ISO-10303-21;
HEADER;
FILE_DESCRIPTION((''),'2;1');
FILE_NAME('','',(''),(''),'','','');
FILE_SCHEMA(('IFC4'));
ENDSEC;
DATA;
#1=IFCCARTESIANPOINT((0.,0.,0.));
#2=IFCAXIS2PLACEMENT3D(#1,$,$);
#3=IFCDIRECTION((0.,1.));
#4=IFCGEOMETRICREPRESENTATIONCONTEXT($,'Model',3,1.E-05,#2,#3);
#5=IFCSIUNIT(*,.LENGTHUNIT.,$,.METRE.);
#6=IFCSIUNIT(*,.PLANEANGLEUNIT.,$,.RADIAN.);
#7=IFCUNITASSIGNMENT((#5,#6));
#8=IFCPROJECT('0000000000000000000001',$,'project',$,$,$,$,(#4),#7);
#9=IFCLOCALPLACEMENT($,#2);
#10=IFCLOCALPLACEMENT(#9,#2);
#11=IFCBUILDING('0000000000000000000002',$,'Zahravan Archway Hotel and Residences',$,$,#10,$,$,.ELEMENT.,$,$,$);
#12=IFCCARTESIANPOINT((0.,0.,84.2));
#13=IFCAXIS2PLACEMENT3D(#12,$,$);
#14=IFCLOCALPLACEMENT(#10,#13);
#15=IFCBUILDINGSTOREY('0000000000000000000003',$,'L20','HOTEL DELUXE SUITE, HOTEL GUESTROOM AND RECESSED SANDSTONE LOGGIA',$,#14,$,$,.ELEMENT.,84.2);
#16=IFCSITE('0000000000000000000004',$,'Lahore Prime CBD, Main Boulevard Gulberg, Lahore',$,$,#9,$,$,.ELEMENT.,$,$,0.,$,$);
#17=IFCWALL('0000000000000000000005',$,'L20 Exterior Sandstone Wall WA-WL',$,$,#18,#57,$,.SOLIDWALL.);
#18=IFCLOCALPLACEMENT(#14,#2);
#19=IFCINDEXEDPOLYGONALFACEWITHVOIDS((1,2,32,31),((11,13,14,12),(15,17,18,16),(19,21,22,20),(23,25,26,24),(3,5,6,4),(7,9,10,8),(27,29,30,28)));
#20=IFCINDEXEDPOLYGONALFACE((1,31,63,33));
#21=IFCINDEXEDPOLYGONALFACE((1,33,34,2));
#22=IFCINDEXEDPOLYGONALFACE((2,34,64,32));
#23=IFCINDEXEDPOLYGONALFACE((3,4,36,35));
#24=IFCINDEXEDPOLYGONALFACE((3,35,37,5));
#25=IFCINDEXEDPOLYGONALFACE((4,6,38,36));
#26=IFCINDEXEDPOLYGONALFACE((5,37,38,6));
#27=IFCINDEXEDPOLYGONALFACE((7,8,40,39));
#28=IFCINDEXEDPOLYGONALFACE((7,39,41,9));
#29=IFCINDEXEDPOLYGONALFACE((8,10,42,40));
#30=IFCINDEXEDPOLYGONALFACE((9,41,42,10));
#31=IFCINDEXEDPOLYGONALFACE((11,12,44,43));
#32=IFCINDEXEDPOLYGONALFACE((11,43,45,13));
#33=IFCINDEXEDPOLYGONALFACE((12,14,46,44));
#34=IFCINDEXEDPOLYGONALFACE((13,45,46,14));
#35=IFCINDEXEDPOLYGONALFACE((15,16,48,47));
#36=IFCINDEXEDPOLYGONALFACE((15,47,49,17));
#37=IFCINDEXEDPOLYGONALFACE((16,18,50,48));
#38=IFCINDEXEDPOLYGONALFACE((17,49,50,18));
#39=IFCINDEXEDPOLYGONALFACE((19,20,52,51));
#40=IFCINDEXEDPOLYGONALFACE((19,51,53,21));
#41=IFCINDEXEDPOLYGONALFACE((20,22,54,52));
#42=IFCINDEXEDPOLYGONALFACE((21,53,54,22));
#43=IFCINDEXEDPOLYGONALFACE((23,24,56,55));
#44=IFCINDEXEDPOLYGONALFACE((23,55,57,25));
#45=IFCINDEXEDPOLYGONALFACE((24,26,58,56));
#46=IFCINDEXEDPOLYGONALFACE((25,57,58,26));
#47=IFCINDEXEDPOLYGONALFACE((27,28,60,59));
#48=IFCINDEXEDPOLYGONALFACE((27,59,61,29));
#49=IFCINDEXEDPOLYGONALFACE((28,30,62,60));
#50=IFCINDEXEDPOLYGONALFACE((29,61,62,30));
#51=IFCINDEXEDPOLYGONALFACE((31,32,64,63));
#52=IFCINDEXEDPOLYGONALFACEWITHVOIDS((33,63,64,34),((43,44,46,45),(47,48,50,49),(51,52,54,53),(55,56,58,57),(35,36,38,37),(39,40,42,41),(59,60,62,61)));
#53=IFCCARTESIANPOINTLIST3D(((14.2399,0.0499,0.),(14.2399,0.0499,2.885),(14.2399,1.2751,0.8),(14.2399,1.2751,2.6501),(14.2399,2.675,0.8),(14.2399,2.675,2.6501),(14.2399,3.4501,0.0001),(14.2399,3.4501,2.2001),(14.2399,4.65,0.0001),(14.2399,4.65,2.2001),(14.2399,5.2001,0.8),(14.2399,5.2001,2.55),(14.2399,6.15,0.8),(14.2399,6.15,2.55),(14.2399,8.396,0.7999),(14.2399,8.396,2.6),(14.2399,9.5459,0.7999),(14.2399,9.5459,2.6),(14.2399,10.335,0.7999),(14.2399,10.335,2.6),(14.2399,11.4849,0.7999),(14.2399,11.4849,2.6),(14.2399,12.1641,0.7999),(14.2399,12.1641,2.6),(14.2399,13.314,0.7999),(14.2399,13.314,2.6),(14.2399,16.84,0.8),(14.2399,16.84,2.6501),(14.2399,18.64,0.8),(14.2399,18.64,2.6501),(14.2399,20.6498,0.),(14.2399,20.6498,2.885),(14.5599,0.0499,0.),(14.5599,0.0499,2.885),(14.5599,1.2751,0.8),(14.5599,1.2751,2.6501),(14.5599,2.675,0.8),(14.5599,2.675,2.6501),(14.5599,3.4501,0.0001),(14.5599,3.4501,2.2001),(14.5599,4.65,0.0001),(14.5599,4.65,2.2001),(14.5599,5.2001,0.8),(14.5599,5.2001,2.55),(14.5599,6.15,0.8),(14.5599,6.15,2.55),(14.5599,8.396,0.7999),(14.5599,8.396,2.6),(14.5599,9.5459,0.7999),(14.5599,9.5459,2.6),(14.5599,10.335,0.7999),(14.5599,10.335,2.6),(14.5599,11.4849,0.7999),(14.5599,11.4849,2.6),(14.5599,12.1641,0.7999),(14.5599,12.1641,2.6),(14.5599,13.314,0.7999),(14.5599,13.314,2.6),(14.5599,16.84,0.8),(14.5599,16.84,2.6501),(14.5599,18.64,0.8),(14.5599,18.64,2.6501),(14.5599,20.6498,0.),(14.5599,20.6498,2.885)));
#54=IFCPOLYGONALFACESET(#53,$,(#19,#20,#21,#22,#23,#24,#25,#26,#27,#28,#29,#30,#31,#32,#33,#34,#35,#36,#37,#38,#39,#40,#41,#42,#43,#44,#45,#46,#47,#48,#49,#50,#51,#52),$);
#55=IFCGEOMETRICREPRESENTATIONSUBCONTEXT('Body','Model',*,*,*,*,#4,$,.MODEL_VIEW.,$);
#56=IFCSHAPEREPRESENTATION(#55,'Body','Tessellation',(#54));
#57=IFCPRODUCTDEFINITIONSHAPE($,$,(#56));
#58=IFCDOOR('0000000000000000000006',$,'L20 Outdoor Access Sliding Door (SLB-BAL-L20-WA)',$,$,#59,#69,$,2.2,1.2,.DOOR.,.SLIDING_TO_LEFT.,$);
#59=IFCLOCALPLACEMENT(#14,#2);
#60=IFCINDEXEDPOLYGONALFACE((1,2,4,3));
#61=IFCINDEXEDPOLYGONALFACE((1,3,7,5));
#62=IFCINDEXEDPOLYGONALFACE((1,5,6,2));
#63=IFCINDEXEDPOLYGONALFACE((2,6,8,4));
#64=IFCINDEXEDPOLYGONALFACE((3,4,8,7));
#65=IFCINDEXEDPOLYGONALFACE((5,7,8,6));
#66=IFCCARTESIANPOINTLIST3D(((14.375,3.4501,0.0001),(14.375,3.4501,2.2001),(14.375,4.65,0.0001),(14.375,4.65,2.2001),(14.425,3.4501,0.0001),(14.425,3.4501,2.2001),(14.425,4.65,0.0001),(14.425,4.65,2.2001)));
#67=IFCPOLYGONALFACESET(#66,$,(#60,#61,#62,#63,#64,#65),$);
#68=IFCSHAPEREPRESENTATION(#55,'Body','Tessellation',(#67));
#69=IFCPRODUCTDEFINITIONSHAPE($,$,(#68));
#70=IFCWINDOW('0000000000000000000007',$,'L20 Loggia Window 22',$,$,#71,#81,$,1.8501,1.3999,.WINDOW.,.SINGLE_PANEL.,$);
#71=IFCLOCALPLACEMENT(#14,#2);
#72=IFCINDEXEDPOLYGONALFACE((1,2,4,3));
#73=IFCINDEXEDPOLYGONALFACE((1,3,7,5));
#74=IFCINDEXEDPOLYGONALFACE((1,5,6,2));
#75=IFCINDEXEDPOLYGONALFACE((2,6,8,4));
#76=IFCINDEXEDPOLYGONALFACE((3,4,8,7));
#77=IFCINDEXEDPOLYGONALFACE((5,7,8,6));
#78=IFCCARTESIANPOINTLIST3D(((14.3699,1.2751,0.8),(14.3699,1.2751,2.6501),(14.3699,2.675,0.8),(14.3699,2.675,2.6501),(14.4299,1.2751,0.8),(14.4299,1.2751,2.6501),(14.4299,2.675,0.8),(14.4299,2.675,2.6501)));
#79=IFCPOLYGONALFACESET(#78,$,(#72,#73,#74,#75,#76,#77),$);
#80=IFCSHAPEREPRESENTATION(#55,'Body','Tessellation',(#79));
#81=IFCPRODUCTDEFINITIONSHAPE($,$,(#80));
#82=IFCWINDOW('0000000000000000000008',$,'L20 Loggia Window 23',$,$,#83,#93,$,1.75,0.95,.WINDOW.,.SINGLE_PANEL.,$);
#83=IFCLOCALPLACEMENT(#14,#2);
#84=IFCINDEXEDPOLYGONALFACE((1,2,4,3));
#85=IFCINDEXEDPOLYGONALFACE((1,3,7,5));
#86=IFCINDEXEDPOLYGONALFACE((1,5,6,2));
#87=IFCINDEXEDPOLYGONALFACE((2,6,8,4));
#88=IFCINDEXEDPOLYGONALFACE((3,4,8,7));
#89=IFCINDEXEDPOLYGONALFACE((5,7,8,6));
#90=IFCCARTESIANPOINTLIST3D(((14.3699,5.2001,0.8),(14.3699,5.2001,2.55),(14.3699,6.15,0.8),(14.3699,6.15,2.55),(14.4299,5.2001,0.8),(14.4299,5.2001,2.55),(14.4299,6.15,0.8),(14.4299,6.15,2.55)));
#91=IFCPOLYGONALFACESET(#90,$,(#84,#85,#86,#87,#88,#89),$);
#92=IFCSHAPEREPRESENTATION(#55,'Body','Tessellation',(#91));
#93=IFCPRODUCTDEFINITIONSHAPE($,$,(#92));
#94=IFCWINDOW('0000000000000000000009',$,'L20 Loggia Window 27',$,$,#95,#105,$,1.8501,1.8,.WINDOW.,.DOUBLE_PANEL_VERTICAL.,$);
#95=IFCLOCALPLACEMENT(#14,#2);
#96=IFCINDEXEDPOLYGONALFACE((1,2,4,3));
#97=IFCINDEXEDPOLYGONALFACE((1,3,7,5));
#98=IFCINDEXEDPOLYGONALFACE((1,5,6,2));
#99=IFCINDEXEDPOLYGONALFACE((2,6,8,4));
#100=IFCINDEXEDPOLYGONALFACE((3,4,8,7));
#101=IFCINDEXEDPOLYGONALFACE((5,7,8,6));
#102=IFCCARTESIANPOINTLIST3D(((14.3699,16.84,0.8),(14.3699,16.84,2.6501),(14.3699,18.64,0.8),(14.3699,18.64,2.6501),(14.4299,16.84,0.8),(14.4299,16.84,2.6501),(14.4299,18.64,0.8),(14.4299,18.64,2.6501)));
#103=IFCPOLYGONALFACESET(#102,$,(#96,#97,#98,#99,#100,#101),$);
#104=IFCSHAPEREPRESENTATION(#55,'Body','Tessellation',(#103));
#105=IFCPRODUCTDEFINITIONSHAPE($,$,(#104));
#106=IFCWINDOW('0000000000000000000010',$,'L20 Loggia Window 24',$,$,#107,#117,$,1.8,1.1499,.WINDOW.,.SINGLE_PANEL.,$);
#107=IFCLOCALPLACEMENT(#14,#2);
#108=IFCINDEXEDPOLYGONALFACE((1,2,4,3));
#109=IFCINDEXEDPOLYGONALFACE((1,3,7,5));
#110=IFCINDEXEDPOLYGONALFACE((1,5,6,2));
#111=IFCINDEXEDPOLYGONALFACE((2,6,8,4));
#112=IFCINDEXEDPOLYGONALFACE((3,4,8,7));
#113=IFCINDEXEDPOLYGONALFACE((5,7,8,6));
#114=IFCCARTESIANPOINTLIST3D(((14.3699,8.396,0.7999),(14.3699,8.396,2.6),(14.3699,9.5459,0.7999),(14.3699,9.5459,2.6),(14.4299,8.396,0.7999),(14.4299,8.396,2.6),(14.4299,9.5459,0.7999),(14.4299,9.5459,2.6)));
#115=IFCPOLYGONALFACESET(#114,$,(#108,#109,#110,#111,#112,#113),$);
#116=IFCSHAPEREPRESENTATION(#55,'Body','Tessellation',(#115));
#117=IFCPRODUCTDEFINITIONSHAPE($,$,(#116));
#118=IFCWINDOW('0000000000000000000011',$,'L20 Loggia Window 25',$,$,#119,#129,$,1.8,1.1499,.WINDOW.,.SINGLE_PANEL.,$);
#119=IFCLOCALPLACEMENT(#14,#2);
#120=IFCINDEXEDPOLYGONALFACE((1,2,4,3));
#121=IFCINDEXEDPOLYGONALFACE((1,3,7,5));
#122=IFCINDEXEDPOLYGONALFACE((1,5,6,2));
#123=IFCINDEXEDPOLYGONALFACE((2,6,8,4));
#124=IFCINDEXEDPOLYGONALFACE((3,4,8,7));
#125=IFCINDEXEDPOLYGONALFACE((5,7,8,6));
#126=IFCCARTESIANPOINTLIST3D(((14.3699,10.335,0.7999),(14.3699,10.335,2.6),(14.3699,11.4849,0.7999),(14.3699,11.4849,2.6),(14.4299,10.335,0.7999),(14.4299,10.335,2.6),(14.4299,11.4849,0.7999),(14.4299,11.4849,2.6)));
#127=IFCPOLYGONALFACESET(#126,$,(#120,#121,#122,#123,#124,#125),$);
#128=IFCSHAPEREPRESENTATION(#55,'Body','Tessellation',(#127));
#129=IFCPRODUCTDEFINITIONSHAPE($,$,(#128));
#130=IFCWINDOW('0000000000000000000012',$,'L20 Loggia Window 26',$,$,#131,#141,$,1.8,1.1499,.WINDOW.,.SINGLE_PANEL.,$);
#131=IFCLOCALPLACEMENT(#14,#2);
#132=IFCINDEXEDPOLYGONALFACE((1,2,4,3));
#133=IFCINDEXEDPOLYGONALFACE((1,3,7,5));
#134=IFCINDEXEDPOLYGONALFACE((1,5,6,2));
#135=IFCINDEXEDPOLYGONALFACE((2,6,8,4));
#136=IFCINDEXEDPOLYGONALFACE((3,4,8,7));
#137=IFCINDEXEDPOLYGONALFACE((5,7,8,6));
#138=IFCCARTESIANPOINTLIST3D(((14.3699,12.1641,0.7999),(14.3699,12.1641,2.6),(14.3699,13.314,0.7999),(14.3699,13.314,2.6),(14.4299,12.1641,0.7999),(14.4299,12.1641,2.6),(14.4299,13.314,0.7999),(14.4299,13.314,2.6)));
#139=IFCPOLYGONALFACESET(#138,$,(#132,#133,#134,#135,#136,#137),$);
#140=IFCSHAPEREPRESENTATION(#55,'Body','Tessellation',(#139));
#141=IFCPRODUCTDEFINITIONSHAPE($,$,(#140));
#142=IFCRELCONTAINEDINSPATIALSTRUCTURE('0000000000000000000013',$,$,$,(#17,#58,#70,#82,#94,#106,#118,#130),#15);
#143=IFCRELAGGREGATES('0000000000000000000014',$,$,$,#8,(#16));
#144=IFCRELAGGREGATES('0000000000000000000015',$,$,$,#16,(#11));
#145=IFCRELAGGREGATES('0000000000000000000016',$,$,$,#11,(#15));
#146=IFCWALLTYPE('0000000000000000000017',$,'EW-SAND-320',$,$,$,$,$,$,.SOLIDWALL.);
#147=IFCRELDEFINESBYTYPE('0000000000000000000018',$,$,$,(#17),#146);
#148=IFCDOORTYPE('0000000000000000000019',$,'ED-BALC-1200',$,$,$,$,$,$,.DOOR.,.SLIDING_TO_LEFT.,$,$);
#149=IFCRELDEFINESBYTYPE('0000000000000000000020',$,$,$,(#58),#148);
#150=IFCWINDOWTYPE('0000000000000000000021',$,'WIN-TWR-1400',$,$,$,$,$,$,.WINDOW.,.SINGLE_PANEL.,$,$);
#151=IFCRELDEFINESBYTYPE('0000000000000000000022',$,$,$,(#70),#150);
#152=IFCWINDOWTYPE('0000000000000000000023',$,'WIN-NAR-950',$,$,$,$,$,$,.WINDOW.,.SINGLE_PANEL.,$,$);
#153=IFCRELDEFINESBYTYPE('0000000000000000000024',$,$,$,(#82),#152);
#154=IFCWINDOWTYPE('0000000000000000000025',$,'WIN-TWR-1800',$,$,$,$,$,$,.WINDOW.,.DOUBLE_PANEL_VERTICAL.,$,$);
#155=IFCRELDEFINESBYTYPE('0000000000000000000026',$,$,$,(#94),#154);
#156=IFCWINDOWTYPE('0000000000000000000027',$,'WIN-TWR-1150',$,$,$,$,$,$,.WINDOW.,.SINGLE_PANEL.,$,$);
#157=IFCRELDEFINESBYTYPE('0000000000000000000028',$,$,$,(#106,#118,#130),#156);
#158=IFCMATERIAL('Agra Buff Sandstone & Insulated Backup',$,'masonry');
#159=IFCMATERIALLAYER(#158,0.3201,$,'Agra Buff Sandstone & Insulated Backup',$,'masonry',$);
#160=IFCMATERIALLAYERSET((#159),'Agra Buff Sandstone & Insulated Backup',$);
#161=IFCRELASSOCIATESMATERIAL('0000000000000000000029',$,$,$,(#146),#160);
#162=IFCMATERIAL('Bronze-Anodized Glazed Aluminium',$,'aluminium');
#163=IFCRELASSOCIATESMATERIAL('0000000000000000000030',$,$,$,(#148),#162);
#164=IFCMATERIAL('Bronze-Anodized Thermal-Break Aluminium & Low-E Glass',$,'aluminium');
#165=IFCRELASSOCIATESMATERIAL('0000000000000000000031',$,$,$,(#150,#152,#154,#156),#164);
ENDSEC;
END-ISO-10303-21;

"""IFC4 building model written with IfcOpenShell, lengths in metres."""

from ifc_helpers import new_model, si_unit, direction, frame, frame_2d, origin, place, context, subcontext, project, spatial, rectangle, extrude, source, transform, mapped, material, layer, layer_set, type_object, type_shapes, element, fill, save


model = new_model("IFC4")

# Units and contexts
model_context = context("Model", 3, precision=1e-05, world=origin(), true_north=direction((0.0, 1.0)))
body_context = subcontext(model_context, "Body", "Model", "MODEL_VIEW")
ifc_project = project(units=[si_unit("LENGTHUNIT", "METRE"), si_unit("PLANEANGLEUNIT", "RADIAN")], contexts=[model_context])

# Site, building, storey
site_placement = place(None, origin())
site = spatial("IfcSite", under=ifc_project, at=site_placement, Name="Lahore Prime CBD, Main Boulevard Gulberg, Lahore", CompositionType="ELEMENT", RefElevation=0.0)
building_placement = place(site_placement, origin())
building = spatial("IfcBuilding", under=site, at=building_placement, Name="Zahravan Archway Hotel and Residences", CompositionType="ELEMENT")
storey_placement = place(building_placement, frame((0.0, 0.0, 84.2)))
storey = spatial("IfcBuildingStorey", under=building, at=storey_placement, Name="L20", Description="HOTEL DELUXE SUITE, HOTEL GUESTROOM AND RECESSED SANDSTONE LOGGIA", CompositionType="ELEMENT", Elevation=84.2)

# Wall, openings, door, windows
ifc_material_1 = material(Name="Agra Buff Sandstone & Insulated Backup", Category="masonry")
ifc_layer = layer(ifc_material_1, 0.3201, Name="Agra Buff Sandstone & Insulated Backup", Category="masonry")
ifc_layer_set = layer_set([ifc_layer], Name="Agra Buff Sandstone & Insulated Backup")
wall_type = type_object("IfcWallType", Name="EW-SAND-320", PredefinedType="SOLIDWALL", material=ifc_layer_set)
wall_placement = place(storey_placement, frame((14.3999, 0.05, 0.0), z_axis=(0.0, 0.0, 1.0), x_axis=(0.0, 1.0, 0.0)))
wall = element("IfcWall", 1, at=wall_placement, inside=storey, type_object=wall_type, Name="L20 Exterior Sandstone Wall WA-WL", PredefinedType="SOLIDWALL", context=body_context, shape_type="SweptSolid", body=[
    extrude(rectangle(XDim=20.5999, YDim=0.3201, at=frame_2d((10.2998, 0.0))), origin(), (0.0, 0.0, 1.0), 2.885),
])
opening_1_placement = place(wall_placement, frame((3.3999, 0.0, 0.0)))
opening_1 = element("IfcOpeningElement", 2, at=opening_1_placement, cuts=wall, PredefinedType="OPENING", context=body_context, shape_type="SweptSolid", body=[
    extrude(rectangle(XDim=1.2, YDim=2.2, at=frame_2d((0.6001, 1.1001))), frame((0.0, 0.1699, 0.0), z_axis=(0.0, -1.0, 0.0), x_axis=(1.0, 0.0, 0.0)), (0.0, 0.0, 1.0), 0.3401),
])
opening_2_placement = place(wall_placement, frame((1.2251, 0.0, 0.8)))
opening_2 = element("IfcOpeningElement", 3, at=opening_2_placement, cuts=wall, PredefinedType="OPENING", context=body_context, shape_type="SweptSolid", body=[
    extrude(rectangle(XDim=1.3999, YDim=1.8501, at=frame_2d((0.7, 0.925))), frame((0.0, 0.1699, 0.0), z_axis=(0.0, -1.0, 0.0), x_axis=(1.0, 0.0, 0.0)), (0.0, 0.0, 1.0), 0.3401),
])
opening_3_placement = place(wall_placement, frame((5.1499, 0.0, 0.8)))
opening_3 = element("IfcOpeningElement", 4, at=opening_3_placement, cuts=wall, PredefinedType="OPENING", context=body_context, shape_type="SweptSolid", body=[
    extrude(rectangle(XDim=0.95, YDim=1.75, at=frame_2d((0.4751, 0.875))), frame((0.0, 0.1699, 0.0), z_axis=(0.0, -1.0, 0.0), x_axis=(1.0, 0.0, 0.0)), (0.0, 0.0, 1.0), 0.3401),
])
opening_4_placement = place(wall_placement, frame((8.3459, 0.0, 0.8)))
opening_4 = element("IfcOpeningElement", 5, at=opening_4_placement, cuts=wall, PredefinedType="OPENING", context=body_context, shape_type="SweptSolid", body=[
    extrude(rectangle(XDim=1.1499, YDim=1.8, at=frame_2d((0.575, 0.8999))), frame((0.0, 0.1699, 0.0), z_axis=(0.0, -1.0, 0.0), x_axis=(1.0, 0.0, 0.0)), (0.0, 0.0, 1.0), 0.3401),
])
opening_5_placement = place(wall_placement, frame((10.2849, 0.0, 0.8)))
opening_5 = element("IfcOpeningElement", 6, at=opening_5_placement, cuts=wall, PredefinedType="OPENING", context=body_context, shape_type="SweptSolid", body=[
    extrude(rectangle(XDim=1.1499, YDim=1.8, at=frame_2d((0.575, 0.8999))), frame((0.0, 0.1699, 0.0), z_axis=(0.0, -1.0, 0.0), x_axis=(1.0, 0.0, 0.0)), (0.0, 0.0, 1.0), 0.3401),
])
opening_6_placement = place(wall_placement, frame((12.114, 0.0, 0.8)))
opening_6 = element("IfcOpeningElement", 7, at=opening_6_placement, cuts=wall, PredefinedType="OPENING", context=body_context, shape_type="SweptSolid", body=[
    extrude(rectangle(XDim=1.1499, YDim=1.8, at=frame_2d((0.575, 0.8999))), frame((0.0, 0.1699, 0.0), z_axis=(0.0, -1.0, 0.0), x_axis=(1.0, 0.0, 0.0)), (0.0, 0.0, 1.0), 0.3401),
])
opening_7_placement = place(wall_placement, frame((16.79, 0.0, 0.8)))
opening_7 = element("IfcOpeningElement", 8, at=opening_7_placement, cuts=wall, PredefinedType="OPENING", context=body_context, shape_type="SweptSolid", body=[
    extrude(rectangle(XDim=1.8, YDim=1.8501, at=frame_2d((0.8999, 0.925))), frame((0.0, 0.1699, 0.0), z_axis=(0.0, -1.0, 0.0), x_axis=(1.0, 0.0, 0.0)), (0.0, 0.0, 1.0), 0.3401),
])
ifc_material_2 = material(Name="Bronze-Anodized Glazed Aluminium", Category="aluminium")
door_type = type_object("IfcDoorType", Name="ED-BALC-1200", OperationType="SLIDING_TO_LEFT", PredefinedType="DOOR", material=ifc_material_2)
shared_shape_1 = source(origin(), body_context, "Body", "SweptSolid", [
    extrude(rectangle(XDim=1.2, YDim=2.2, at=frame_2d((0.6001, 1.1001))), frame((0.0, 0.0249, 0.0), z_axis=(0.0, -1.0, 0.0), x_axis=(1.0, 0.0, 0.0)), (0.0, 0.0, 1.0), 0.05),
])
type_shapes(door_type, [shared_shape_1])
door_placement = place(opening_1_placement, origin())
door = element("IfcDoor", 9, at=door_placement, inside=storey, type_object=door_type, Name="L20 Outdoor Access Sliding Door (SLB-BAL-L20-WA)", OperationType="SLIDING_TO_LEFT", OverallHeight=2.2, OverallWidth=1.2, PredefinedType="DOOR", context=body_context, shape_type="MappedRepresentation", body=[
    mapped(shared_shape_1, transform((0.0, 0.0, 0.0), scale=1.0)),
])
fill(opening_1, door)
ifc_material_3 = material(Name="Bronze-Anodized Thermal-Break Aluminium & Low-E Glass", Category="aluminium")
window_type_1 = type_object("IfcWindowType", Name="WIN-TWR-1400", PartitioningType="SINGLE_PANEL", PredefinedType="WINDOW", material=ifc_material_3)
shared_shape_2 = source(origin(), body_context, "Body", "SweptSolid", [
    extrude(rectangle(XDim=1.3999, YDim=1.8501, at=frame_2d((0.7, 0.925))), frame((0.0, 0.03, 0.0), z_axis=(0.0, -1.0, 0.0), x_axis=(1.0, 0.0, 0.0)), (0.0, 0.0, 1.0), 0.0601),
])
type_shapes(window_type_1, [shared_shape_2])
window_1_placement = place(opening_2_placement, origin())
window_1 = element("IfcWindow", 10, at=window_1_placement, inside=storey, type_object=window_type_1, Name="L20 Loggia Window 22", OverallHeight=1.8501, OverallWidth=1.3999, PartitioningType="SINGLE_PANEL", PredefinedType="WINDOW", context=body_context, shape_type="MappedRepresentation", body=[
    mapped(shared_shape_2, transform((0.0, 0.0, 0.0), scale=1.0)),
])
fill(opening_2, window_1)
window_type_2 = type_object("IfcWindowType", Name="WIN-NAR-950", PartitioningType="SINGLE_PANEL", PredefinedType="WINDOW", material=ifc_material_3)
shared_shape_3 = source(origin(), body_context, "Body", "SweptSolid", [
    extrude(rectangle(XDim=0.95, YDim=1.75, at=frame_2d((0.4751, 0.875))), frame((0.0, 0.03, 0.0), z_axis=(0.0, -1.0, 0.0), x_axis=(1.0, 0.0, 0.0)), (0.0, 0.0, 1.0), 0.0601),
])
type_shapes(window_type_2, [shared_shape_3])
window_2_placement = place(opening_3_placement, origin())
window_2 = element("IfcWindow", 11, at=window_2_placement, inside=storey, type_object=window_type_2, Name="L20 Loggia Window 23", OverallHeight=1.75, OverallWidth=0.95, PartitioningType="SINGLE_PANEL", PredefinedType="WINDOW", context=body_context, shape_type="MappedRepresentation", body=[
    mapped(shared_shape_3, transform((0.0, 0.0, 0.0), scale=1.0)),
])
fill(opening_3, window_2)
window_type_3 = type_object("IfcWindowType", Name="WIN-TWR-1800", PartitioningType="DOUBLE_PANEL_VERTICAL", PredefinedType="WINDOW", material=ifc_material_3)
shared_shape_4 = source(origin(), body_context, "Body", "SweptSolid", [
    extrude(rectangle(XDim=1.8, YDim=1.8501, at=frame_2d((0.8999, 0.925))), frame((0.0, 0.03, 0.0), z_axis=(0.0, -1.0, 0.0), x_axis=(1.0, 0.0, 0.0)), (0.0, 0.0, 1.0), 0.0601),
])
type_shapes(window_type_3, [shared_shape_4])
window_3_placement = place(opening_7_placement, origin())
window_3 = element("IfcWindow", 12, at=window_3_placement, inside=storey, type_object=window_type_3, Name="L20 Loggia Window 27", OverallHeight=1.8501, OverallWidth=1.8, PartitioningType="DOUBLE_PANEL_VERTICAL", PredefinedType="WINDOW", context=body_context, shape_type="MappedRepresentation", body=[
    mapped(shared_shape_4, transform((0.0, 0.0, 0.0), scale=1.0)),
])
fill(opening_7, window_3)
window_type_4 = type_object("IfcWindowType", Name="WIN-TWR-1150", PartitioningType="SINGLE_PANEL", PredefinedType="WINDOW", material=ifc_material_3)
shared_shape_5 = source(origin(), body_context, "Body", "SweptSolid", [
    extrude(rectangle(XDim=1.1499, YDim=1.8, at=frame_2d((0.575, 0.8999))), frame((0.0, 0.03, 0.0), z_axis=(0.0, -1.0, 0.0), x_axis=(1.0, 0.0, 0.0)), (0.0, 0.0, 1.0), 0.0601),
])
type_shapes(window_type_4, [shared_shape_5])
window_4_placement = place(opening_4_placement, origin())
window_4 = element("IfcWindow", 13, at=window_4_placement, inside=storey, type_object=window_type_4, Name="L20 Loggia Window 24", OverallHeight=1.8, OverallWidth=1.1499, PartitioningType="SINGLE_PANEL", PredefinedType="WINDOW", context=body_context, shape_type="MappedRepresentation", body=[
    mapped(shared_shape_5, transform((0.0, 0.0, 0.0), scale=1.0)),
])
fill(opening_4, window_4)
window_5_placement = place(opening_5_placement, origin())
window_5 = element("IfcWindow", 14, at=window_5_placement, inside=storey, type_object=window_type_4, Name="L20 Loggia Window 25", OverallHeight=1.8, OverallWidth=1.1499, PartitioningType="SINGLE_PANEL", PredefinedType="WINDOW", context=body_context, shape_type="MappedRepresentation", body=[
    mapped(shared_shape_5, transform((0.0, 0.0, 0.0), scale=1.0)),
])
fill(opening_5, window_5)
window_6_placement = place(opening_6_placement, origin())
window_6 = element("IfcWindow", 15, at=window_6_placement, inside=storey, type_object=window_type_4, Name="L20 Loggia Window 26", OverallHeight=1.8, OverallWidth=1.1499, PartitioningType="SINGLE_PANEL", PredefinedType="WINDOW", context=body_context, shape_type="MappedRepresentation", body=[
    mapped(shared_shape_5, transform((0.0, 0.0, 0.0), scale=1.0)),
])
fill(opening_6, window_6)

save(model, "model.ifc")
